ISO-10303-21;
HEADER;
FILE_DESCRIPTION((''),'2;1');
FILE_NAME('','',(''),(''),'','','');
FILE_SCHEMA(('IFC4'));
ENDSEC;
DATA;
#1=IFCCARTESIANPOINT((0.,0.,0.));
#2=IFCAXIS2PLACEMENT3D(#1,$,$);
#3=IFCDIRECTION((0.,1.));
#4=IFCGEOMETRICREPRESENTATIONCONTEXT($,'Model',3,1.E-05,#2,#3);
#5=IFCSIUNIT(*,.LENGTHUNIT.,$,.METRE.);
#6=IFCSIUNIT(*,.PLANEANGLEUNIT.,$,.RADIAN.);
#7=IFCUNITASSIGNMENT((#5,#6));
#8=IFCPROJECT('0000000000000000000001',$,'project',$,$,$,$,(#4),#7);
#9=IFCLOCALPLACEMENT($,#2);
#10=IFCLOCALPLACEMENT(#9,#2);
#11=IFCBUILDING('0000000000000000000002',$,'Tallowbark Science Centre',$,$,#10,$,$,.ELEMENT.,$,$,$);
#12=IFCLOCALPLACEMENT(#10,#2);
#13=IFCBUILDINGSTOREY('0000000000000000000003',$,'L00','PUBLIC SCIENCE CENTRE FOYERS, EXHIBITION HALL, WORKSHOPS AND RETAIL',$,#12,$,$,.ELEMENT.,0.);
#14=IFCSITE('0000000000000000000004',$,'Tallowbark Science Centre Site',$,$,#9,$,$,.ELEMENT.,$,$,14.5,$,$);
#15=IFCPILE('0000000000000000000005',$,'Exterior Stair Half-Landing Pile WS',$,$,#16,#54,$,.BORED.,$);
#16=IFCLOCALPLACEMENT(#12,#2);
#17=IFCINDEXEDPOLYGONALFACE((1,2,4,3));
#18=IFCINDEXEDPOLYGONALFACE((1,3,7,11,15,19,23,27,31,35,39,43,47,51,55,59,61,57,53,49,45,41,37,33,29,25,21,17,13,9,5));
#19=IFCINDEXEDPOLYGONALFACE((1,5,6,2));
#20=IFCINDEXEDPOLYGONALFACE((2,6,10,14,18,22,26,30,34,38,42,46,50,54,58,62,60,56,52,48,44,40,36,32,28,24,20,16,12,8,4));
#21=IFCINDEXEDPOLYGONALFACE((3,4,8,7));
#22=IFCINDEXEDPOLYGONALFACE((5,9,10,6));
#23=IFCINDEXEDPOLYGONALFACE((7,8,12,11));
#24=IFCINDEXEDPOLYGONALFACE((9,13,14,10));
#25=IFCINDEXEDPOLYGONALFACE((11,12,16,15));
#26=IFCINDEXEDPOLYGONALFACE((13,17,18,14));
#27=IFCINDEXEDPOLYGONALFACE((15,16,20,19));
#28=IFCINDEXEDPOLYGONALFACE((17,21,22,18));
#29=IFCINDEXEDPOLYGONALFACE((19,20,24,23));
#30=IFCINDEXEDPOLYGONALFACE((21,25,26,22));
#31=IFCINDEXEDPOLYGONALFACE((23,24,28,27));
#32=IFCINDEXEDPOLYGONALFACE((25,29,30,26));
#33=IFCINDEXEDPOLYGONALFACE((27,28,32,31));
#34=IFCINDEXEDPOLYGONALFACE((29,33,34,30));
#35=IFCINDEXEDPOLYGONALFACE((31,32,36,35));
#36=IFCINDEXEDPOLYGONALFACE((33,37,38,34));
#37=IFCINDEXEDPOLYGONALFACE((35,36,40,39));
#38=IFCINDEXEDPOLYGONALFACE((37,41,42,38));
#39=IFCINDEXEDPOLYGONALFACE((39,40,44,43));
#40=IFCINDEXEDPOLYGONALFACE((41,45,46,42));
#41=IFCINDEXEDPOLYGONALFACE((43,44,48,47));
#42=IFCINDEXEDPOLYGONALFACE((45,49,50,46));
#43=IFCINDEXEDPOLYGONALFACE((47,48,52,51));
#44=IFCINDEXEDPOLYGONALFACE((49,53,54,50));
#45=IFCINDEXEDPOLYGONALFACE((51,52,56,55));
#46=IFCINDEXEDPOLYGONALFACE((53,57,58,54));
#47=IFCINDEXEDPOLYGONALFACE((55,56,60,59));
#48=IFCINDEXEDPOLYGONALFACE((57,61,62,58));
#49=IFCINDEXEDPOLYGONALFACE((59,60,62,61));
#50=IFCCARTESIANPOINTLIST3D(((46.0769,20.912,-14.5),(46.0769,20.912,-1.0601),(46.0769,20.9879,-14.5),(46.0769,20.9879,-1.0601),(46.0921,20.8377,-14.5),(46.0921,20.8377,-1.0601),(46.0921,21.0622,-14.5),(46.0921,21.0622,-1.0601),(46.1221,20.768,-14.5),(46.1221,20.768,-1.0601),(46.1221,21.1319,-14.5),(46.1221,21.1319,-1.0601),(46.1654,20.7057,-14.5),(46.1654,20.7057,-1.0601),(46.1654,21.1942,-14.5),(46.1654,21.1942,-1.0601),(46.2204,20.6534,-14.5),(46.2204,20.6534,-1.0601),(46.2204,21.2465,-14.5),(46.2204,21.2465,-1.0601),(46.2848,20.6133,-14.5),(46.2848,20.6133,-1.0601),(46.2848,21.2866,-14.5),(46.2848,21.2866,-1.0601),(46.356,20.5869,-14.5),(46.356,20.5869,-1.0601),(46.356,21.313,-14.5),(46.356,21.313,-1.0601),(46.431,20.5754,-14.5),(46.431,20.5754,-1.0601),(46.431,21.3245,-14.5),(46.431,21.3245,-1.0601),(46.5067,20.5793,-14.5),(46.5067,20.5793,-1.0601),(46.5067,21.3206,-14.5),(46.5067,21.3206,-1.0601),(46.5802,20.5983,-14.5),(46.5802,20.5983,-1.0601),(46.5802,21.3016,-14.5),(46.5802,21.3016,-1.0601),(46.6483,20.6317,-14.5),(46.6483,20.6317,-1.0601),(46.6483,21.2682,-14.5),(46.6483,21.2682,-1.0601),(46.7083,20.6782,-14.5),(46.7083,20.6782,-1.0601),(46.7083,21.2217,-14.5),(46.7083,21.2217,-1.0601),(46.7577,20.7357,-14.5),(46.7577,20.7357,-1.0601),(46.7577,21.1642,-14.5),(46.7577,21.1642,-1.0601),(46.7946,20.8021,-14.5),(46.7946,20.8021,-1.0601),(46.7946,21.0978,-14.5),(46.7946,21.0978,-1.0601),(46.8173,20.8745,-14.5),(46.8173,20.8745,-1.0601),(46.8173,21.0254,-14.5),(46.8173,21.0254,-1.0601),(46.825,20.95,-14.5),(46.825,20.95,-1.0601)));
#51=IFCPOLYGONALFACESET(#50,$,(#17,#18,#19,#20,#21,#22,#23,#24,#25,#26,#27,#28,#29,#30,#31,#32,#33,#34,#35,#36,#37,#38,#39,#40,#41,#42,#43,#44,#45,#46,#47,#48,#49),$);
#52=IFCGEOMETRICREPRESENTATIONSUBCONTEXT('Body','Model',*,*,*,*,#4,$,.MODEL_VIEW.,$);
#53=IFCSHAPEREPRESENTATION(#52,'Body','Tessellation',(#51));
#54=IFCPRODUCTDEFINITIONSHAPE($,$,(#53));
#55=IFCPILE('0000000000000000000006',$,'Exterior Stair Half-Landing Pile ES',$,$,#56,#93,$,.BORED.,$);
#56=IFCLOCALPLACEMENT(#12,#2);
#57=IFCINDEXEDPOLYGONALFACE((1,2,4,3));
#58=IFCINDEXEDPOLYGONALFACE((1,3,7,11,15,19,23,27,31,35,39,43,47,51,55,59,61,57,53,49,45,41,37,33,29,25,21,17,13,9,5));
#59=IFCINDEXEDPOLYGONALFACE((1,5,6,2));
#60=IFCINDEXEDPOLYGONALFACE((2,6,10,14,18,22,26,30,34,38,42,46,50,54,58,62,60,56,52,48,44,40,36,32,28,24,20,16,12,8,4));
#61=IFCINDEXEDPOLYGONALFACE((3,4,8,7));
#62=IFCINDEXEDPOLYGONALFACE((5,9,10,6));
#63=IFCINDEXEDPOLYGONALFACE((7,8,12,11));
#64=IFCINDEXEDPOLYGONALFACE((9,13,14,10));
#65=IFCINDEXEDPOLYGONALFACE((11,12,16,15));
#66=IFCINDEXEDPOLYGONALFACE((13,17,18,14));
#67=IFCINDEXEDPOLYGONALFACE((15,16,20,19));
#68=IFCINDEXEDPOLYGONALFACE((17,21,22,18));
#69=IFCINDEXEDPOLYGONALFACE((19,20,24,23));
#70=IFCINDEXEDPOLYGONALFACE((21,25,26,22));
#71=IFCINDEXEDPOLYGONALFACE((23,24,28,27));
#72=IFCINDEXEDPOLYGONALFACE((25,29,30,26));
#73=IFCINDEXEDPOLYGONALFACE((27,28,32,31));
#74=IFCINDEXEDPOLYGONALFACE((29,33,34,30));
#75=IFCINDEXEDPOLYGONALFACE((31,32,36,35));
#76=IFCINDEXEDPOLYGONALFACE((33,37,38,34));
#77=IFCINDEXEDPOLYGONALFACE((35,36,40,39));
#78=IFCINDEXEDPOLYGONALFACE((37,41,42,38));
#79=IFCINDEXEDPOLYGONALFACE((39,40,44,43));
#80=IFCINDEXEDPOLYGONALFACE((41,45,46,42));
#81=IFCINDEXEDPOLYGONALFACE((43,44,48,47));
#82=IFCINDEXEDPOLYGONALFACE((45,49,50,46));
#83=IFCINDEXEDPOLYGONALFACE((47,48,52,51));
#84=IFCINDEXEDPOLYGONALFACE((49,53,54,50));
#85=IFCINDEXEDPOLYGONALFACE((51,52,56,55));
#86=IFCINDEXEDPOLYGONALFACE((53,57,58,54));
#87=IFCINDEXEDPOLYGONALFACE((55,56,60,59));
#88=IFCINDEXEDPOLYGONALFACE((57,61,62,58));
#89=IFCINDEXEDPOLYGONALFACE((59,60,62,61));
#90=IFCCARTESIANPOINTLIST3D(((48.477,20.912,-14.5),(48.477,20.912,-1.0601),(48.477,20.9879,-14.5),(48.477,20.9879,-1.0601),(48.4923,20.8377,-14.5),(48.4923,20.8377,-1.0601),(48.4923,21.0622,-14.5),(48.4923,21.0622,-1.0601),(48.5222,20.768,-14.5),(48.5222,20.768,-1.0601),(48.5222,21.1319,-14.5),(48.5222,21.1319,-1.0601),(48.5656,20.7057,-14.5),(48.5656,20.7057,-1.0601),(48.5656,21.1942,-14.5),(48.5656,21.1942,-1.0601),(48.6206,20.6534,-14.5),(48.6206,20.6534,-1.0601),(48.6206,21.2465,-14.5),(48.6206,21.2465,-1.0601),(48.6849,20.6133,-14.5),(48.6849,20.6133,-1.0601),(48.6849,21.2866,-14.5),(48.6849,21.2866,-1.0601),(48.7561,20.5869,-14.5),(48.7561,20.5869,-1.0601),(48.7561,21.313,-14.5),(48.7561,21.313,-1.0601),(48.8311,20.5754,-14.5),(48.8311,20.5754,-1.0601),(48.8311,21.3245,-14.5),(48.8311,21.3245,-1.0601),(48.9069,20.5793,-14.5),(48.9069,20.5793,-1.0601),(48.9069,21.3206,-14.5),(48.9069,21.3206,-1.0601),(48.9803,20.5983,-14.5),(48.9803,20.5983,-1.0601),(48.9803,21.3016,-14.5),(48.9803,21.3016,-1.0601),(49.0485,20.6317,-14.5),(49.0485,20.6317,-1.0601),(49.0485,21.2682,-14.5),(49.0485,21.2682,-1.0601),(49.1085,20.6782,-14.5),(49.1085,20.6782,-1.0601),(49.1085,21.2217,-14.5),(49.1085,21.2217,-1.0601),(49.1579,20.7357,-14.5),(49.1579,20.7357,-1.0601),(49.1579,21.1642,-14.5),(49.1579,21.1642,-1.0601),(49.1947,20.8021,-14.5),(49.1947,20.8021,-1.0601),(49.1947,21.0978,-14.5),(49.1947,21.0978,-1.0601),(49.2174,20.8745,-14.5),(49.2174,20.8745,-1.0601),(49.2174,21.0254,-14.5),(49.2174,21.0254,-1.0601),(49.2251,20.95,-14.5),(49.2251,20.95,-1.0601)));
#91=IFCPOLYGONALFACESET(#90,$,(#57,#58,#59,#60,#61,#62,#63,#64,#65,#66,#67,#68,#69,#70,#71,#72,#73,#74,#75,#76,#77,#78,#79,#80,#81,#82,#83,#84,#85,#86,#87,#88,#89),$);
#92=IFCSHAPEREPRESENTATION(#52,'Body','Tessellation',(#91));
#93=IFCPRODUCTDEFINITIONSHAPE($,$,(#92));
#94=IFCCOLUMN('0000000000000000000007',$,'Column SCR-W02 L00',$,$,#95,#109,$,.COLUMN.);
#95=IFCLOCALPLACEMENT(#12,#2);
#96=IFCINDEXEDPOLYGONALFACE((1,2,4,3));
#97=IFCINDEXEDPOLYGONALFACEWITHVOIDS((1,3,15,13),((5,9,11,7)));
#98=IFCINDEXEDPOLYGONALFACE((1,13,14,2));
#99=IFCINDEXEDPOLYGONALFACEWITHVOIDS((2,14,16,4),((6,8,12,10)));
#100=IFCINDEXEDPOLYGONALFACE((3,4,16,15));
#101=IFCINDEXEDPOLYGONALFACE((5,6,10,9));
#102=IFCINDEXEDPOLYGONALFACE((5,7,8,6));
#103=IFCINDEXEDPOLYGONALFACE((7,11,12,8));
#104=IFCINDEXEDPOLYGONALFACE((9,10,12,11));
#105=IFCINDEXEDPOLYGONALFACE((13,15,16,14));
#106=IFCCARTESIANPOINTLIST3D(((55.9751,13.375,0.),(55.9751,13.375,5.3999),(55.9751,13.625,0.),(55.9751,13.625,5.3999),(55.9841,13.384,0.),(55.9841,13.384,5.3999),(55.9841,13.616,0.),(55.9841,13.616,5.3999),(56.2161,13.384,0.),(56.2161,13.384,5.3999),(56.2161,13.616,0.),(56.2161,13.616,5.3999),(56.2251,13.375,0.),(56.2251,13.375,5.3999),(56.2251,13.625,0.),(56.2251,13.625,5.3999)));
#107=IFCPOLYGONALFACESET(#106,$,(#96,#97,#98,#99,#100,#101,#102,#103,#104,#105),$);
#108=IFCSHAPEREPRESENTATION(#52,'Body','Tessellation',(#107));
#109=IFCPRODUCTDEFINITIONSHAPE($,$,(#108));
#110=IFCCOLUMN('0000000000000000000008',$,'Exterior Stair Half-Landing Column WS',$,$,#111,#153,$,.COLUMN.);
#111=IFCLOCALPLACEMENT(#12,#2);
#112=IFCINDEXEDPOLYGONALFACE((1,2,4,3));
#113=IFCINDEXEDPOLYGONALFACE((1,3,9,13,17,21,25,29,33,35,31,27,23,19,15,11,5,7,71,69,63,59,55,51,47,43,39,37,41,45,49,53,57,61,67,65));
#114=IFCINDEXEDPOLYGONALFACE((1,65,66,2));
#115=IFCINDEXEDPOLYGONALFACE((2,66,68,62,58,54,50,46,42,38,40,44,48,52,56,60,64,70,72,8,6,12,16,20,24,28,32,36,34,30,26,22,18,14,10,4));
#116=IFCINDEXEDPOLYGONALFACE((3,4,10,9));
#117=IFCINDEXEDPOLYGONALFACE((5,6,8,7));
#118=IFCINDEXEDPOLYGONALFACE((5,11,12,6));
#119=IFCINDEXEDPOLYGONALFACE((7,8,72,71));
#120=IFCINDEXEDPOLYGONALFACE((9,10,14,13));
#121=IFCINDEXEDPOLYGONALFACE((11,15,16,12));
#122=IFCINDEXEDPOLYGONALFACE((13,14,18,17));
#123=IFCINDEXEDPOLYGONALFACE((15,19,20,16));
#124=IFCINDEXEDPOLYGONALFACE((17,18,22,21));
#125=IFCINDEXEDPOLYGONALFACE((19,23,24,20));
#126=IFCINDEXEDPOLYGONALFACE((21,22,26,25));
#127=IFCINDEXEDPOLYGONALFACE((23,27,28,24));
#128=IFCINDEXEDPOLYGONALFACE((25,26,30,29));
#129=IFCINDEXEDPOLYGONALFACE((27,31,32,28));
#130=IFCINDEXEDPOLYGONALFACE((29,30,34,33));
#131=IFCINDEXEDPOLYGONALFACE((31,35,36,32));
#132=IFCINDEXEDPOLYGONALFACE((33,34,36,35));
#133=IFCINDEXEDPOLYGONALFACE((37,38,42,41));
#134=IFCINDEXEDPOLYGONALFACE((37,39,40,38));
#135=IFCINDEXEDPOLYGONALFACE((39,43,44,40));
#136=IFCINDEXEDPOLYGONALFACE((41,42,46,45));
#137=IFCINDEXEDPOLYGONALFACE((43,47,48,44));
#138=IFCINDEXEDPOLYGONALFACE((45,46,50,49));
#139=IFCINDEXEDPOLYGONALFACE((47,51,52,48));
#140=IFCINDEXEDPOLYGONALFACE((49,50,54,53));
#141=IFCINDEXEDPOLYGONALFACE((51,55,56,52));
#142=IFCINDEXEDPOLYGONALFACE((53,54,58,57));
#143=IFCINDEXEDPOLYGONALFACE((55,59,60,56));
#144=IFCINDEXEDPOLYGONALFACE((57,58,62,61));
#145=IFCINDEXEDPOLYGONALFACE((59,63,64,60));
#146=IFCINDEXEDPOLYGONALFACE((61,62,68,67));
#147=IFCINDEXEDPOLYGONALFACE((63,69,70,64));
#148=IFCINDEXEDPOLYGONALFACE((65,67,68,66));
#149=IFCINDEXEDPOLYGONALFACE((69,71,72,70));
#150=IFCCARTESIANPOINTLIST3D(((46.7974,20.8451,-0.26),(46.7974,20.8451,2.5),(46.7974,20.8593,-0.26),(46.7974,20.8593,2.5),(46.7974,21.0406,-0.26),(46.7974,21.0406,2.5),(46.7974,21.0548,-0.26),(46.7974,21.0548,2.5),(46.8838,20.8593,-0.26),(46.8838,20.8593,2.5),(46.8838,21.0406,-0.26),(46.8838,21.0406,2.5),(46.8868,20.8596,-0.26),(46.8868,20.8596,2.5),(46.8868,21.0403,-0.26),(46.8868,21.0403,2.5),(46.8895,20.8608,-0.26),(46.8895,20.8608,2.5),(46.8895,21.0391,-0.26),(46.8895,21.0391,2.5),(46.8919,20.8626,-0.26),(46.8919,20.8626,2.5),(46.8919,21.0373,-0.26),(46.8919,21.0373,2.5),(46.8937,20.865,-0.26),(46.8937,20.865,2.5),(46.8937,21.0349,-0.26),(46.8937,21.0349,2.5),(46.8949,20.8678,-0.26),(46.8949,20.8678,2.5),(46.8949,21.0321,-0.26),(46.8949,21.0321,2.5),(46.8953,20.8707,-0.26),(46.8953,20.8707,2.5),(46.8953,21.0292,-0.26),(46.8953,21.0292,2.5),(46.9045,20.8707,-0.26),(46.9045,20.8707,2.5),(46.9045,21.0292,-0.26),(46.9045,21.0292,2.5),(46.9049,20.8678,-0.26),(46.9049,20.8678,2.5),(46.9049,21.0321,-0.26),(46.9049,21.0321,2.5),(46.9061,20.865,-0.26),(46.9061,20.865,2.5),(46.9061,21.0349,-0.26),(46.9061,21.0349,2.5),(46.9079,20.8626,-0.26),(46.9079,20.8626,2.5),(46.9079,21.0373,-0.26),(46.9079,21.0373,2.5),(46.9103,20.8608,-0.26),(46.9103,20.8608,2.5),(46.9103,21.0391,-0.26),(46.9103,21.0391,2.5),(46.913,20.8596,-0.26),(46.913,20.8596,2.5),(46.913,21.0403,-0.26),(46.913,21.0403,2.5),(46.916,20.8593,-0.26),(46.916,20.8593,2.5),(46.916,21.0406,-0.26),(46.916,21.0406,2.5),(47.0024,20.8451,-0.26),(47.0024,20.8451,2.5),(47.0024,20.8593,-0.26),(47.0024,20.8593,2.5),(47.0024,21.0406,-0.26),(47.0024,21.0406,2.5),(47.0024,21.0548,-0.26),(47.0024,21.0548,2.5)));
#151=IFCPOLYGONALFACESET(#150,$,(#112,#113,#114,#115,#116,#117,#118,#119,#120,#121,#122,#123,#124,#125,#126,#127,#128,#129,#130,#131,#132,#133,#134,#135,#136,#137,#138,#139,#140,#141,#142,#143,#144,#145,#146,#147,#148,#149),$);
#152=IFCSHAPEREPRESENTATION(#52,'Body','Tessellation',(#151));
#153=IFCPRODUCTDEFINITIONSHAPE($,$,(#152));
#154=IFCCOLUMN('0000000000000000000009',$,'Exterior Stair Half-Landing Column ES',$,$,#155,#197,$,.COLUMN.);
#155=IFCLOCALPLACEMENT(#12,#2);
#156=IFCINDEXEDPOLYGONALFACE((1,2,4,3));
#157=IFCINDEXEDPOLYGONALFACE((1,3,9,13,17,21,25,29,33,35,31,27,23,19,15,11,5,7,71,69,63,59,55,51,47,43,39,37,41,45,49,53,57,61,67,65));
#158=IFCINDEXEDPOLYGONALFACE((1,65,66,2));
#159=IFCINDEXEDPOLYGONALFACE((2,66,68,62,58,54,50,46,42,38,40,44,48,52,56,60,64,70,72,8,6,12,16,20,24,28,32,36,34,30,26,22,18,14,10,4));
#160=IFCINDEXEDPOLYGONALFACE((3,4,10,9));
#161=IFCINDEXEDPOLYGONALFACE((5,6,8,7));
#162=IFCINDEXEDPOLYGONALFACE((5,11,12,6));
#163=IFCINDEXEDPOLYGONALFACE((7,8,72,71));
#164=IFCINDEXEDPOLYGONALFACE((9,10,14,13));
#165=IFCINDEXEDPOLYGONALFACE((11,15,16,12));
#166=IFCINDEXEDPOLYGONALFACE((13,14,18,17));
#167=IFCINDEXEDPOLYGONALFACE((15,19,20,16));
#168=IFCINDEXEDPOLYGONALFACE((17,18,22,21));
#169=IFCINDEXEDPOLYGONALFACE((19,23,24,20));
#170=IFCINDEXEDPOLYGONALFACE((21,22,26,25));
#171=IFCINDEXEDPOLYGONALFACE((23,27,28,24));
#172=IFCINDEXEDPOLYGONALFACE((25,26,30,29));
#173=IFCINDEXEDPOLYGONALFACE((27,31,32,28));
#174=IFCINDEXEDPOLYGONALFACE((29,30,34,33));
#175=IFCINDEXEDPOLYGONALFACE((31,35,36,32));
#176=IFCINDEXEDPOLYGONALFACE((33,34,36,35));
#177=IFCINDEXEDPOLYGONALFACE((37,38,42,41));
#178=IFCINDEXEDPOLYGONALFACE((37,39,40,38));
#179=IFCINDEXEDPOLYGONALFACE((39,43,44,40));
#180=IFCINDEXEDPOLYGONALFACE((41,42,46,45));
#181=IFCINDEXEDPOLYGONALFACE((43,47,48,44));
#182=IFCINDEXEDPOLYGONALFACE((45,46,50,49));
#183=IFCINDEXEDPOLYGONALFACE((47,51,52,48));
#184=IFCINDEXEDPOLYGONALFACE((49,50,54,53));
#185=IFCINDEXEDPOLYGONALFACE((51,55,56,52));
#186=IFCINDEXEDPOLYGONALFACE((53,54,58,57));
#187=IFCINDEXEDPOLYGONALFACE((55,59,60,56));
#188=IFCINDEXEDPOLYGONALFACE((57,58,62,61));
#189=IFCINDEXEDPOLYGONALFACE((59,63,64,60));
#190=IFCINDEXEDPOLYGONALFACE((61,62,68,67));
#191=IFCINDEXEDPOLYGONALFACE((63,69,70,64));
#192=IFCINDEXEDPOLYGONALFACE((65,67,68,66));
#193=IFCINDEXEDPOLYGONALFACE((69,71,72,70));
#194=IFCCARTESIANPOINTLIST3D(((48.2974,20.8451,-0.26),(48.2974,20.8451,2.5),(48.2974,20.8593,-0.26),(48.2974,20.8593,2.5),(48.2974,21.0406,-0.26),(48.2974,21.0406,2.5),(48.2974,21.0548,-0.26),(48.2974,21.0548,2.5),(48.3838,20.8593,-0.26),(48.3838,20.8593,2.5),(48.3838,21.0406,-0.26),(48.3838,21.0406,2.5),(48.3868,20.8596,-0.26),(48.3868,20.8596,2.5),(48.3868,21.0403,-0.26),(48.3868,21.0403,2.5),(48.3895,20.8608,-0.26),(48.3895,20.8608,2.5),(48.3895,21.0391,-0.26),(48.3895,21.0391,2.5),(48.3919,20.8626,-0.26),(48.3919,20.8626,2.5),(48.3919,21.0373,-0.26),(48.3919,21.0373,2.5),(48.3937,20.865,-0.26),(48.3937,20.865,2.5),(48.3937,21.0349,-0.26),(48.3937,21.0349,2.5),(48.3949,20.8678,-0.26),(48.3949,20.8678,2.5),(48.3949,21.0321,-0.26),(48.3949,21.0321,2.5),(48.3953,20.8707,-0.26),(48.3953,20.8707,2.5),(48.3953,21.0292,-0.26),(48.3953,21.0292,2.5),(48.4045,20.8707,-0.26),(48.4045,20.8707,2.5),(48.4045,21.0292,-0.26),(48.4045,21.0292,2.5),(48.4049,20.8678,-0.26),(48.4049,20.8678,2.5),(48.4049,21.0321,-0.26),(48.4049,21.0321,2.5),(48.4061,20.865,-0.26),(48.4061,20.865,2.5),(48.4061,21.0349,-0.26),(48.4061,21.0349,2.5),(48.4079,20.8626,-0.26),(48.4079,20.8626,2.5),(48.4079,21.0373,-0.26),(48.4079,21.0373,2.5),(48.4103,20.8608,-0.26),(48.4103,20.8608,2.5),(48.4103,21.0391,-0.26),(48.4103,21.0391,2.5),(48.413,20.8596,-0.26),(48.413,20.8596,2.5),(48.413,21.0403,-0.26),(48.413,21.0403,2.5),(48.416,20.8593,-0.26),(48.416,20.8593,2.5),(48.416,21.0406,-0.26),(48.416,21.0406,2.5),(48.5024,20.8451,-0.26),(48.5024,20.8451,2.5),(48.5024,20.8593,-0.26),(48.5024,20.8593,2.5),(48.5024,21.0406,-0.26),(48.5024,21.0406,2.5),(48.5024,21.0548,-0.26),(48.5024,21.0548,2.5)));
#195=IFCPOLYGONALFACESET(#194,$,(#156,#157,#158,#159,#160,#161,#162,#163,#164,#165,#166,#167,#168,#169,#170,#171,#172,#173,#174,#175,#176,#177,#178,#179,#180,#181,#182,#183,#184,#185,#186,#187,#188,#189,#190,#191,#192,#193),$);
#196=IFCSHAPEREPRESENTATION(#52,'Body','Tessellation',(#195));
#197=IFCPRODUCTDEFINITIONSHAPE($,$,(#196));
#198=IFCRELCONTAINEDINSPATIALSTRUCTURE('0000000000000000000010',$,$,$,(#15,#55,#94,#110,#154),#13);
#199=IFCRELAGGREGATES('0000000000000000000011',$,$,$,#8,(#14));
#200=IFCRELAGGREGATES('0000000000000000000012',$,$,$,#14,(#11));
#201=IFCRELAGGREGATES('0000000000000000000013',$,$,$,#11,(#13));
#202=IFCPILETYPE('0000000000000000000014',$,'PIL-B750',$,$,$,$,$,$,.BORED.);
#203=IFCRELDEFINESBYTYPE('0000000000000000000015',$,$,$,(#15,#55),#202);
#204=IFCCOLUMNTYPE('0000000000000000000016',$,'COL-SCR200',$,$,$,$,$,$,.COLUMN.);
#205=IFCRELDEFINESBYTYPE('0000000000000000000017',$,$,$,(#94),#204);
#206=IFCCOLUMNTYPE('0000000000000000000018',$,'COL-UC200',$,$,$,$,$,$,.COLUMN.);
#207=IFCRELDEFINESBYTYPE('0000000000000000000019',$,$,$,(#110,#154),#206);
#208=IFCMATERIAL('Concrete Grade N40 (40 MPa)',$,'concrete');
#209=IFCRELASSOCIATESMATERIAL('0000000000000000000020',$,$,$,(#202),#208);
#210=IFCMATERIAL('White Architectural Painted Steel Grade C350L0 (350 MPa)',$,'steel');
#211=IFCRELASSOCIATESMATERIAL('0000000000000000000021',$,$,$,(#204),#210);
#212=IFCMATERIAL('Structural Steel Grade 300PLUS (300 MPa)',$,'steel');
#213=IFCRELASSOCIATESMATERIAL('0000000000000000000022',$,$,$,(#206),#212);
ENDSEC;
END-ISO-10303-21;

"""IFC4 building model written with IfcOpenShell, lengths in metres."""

from ifc_helpers import new_model, si_unit, direction, frame, origin, origin_2d, place, context, subcontext, project, spatial, hollow_rectangle, circle, i_section, extrude, material, material_profile, profile_set, type_object, element, save


model = new_model("IFC4")

# Units and contexts
model_context = context("Model", 3, precision=1e-05, world=origin(), true_north=direction((0.0, 1.0)))
body_context = subcontext(model_context, "Body", "Model", "MODEL_VIEW")
ifc_project = project(units=[si_unit("LENGTHUNIT", "METRE"), si_unit("PLANEANGLEUNIT", "RADIAN")], contexts=[model_context])

# Site, building, storey
site_placement = place(None, origin())
site = spatial("IfcSite", under=ifc_project, at=site_placement, Name="Tallowbark Science Centre Site", CompositionType="ELEMENT", RefElevation=14.5)
building_placement = place(site_placement, origin())
building = spatial("IfcBuilding", under=site, at=building_placement, Name="Tallowbark Science Centre", CompositionType="ELEMENT")
storey_placement = place(building_placement, origin())
storey = spatial("IfcBuildingStorey", under=building, at=storey_placement, Name="L00", Description="PUBLIC SCIENCE CENTRE FOYERS, EXHIBITION HALL, WORKSHOPS AND RETAIL", CompositionType="ELEMENT", Elevation=0.0)

# Shared definitions
ifc_material_1 = material(Name="Concrete Grade N40 (40 MPa)", Category="concrete")

# Piles
ifc_material_profile_1 = material_profile(ifc_material_1, circle(Radius=0.375, at=origin_2d()), Name="PILE750")
ifc_profile_set_1 = profile_set([ifc_material_profile_1], Name="Concrete Grade N40 (40 MPa)")
pile_type = type_object("IfcPileType", Name="PIL-B750", PredefinedType="BORED", material=ifc_profile_set_1)
for number, where, z_axis, x_axis, name in (
    (1, (46.45, 20.95, -1.0601), (0.0, 0.0, -1.0), (1.0, 0.0, 0.0), "Exterior Stair Half-Landing Pile WS"),
    (2, (48.8501, 20.95, -1.0601), (0.0, 0.0, -1.0), (1.0, 0.0, 0.0), "Exterior Stair Half-Landing Pile ES"),
):
    element("IfcPile", number, at=place(storey_placement, frame(where, z_axis=z_axis, x_axis=x_axis)), inside=storey, type_object=pile_type, Name=name, PredefinedType="BORED", context=body_context, shape_type="SweptSolid", body=[
        extrude(circle(Radius=0.375, at=origin_2d()), origin(), (0.0, 0.0, 1.0), 13.4399),
    ])

# Columns
ifc_material_2 = material(Name="White Architectural Painted Steel Grade C350L0 (350 MPa)", Category="steel")
ifc_material_profile_2 = material_profile(ifc_material_2, hollow_rectangle(XDim=0.25, YDim=0.25, WallThickness=0.009, at=origin_2d()), Name="250x250x9.0SHS")
ifc_profile_set_2 = profile_set([ifc_material_profile_2], Name="White Architectural Painted Steel Grade C350L0 (350 MPa)")
column_type_1 = type_object("IfcColumnType", Name="COL-SCR200", PredefinedType="COLUMN", material=ifc_profile_set_2)
column_placement = place(storey_placement, frame((56.1001, 13.5, 0.0), z_axis=(0.0, 0.0, 1.0), x_axis=(1.0, 0.0, 0.0)))
element("IfcColumn", 3, at=column_placement, inside=storey, type_object=column_type_1, Name="Column SCR-W02 L00", PredefinedType="COLUMN", context=body_context, shape_type="SweptSolid", body=[
    extrude(hollow_rectangle(XDim=0.25, YDim=0.25, WallThickness=0.009, at=origin_2d()), origin(), (0.0, 0.0, 1.0), 5.3999),
])
ifc_material_3 = material(Name="Structural Steel Grade 300PLUS (300 MPa)", Category="steel")
ifc_material_profile_3 = material_profile(ifc_material_3, i_section(OverallWidth=0.2051, OverallDepth=0.2097, WebThickness=0.0093, FlangeThickness=0.0142, FilletRadius=0.0115, at=origin_2d()), Name="200UC59.5")
ifc_profile_set_3 = profile_set([ifc_material_profile_3], Name="Structural Steel Grade 300PLUS (300 MPa)")
column_type_2 = type_object("IfcColumnType", Name="COL-UC200", PredefinedType="COLUMN", material=ifc_profile_set_3)
for number, where, z_axis, x_axis, name in (
    (4, (46.8999, 20.95, -0.26), (0.0, 0.0, 1.0), (1.0, 0.0, 0.0), "Exterior Stair Half-Landing Column WS"),
    (5, (48.3999, 20.95, -0.26), (0.0, 0.0, 1.0), (1.0, 0.0, 0.0), "Exterior Stair Half-Landing Column ES"),
):
    element("IfcColumn", number, at=place(storey_placement, frame(where, z_axis=z_axis, x_axis=x_axis)), inside=storey, type_object=column_type_2, Name=name, PredefinedType="COLUMN", context=body_context, shape_type="SweptSolid", body=[
        extrude(i_section(OverallWidth=0.2051, OverallDepth=0.2097, WebThickness=0.0093, FlangeThickness=0.0142, FilletRadius=0.0115, at=origin_2d()), origin(), (0.0, 0.0, 1.0), 2.76),
    ])

save(model, "model.ifc")
